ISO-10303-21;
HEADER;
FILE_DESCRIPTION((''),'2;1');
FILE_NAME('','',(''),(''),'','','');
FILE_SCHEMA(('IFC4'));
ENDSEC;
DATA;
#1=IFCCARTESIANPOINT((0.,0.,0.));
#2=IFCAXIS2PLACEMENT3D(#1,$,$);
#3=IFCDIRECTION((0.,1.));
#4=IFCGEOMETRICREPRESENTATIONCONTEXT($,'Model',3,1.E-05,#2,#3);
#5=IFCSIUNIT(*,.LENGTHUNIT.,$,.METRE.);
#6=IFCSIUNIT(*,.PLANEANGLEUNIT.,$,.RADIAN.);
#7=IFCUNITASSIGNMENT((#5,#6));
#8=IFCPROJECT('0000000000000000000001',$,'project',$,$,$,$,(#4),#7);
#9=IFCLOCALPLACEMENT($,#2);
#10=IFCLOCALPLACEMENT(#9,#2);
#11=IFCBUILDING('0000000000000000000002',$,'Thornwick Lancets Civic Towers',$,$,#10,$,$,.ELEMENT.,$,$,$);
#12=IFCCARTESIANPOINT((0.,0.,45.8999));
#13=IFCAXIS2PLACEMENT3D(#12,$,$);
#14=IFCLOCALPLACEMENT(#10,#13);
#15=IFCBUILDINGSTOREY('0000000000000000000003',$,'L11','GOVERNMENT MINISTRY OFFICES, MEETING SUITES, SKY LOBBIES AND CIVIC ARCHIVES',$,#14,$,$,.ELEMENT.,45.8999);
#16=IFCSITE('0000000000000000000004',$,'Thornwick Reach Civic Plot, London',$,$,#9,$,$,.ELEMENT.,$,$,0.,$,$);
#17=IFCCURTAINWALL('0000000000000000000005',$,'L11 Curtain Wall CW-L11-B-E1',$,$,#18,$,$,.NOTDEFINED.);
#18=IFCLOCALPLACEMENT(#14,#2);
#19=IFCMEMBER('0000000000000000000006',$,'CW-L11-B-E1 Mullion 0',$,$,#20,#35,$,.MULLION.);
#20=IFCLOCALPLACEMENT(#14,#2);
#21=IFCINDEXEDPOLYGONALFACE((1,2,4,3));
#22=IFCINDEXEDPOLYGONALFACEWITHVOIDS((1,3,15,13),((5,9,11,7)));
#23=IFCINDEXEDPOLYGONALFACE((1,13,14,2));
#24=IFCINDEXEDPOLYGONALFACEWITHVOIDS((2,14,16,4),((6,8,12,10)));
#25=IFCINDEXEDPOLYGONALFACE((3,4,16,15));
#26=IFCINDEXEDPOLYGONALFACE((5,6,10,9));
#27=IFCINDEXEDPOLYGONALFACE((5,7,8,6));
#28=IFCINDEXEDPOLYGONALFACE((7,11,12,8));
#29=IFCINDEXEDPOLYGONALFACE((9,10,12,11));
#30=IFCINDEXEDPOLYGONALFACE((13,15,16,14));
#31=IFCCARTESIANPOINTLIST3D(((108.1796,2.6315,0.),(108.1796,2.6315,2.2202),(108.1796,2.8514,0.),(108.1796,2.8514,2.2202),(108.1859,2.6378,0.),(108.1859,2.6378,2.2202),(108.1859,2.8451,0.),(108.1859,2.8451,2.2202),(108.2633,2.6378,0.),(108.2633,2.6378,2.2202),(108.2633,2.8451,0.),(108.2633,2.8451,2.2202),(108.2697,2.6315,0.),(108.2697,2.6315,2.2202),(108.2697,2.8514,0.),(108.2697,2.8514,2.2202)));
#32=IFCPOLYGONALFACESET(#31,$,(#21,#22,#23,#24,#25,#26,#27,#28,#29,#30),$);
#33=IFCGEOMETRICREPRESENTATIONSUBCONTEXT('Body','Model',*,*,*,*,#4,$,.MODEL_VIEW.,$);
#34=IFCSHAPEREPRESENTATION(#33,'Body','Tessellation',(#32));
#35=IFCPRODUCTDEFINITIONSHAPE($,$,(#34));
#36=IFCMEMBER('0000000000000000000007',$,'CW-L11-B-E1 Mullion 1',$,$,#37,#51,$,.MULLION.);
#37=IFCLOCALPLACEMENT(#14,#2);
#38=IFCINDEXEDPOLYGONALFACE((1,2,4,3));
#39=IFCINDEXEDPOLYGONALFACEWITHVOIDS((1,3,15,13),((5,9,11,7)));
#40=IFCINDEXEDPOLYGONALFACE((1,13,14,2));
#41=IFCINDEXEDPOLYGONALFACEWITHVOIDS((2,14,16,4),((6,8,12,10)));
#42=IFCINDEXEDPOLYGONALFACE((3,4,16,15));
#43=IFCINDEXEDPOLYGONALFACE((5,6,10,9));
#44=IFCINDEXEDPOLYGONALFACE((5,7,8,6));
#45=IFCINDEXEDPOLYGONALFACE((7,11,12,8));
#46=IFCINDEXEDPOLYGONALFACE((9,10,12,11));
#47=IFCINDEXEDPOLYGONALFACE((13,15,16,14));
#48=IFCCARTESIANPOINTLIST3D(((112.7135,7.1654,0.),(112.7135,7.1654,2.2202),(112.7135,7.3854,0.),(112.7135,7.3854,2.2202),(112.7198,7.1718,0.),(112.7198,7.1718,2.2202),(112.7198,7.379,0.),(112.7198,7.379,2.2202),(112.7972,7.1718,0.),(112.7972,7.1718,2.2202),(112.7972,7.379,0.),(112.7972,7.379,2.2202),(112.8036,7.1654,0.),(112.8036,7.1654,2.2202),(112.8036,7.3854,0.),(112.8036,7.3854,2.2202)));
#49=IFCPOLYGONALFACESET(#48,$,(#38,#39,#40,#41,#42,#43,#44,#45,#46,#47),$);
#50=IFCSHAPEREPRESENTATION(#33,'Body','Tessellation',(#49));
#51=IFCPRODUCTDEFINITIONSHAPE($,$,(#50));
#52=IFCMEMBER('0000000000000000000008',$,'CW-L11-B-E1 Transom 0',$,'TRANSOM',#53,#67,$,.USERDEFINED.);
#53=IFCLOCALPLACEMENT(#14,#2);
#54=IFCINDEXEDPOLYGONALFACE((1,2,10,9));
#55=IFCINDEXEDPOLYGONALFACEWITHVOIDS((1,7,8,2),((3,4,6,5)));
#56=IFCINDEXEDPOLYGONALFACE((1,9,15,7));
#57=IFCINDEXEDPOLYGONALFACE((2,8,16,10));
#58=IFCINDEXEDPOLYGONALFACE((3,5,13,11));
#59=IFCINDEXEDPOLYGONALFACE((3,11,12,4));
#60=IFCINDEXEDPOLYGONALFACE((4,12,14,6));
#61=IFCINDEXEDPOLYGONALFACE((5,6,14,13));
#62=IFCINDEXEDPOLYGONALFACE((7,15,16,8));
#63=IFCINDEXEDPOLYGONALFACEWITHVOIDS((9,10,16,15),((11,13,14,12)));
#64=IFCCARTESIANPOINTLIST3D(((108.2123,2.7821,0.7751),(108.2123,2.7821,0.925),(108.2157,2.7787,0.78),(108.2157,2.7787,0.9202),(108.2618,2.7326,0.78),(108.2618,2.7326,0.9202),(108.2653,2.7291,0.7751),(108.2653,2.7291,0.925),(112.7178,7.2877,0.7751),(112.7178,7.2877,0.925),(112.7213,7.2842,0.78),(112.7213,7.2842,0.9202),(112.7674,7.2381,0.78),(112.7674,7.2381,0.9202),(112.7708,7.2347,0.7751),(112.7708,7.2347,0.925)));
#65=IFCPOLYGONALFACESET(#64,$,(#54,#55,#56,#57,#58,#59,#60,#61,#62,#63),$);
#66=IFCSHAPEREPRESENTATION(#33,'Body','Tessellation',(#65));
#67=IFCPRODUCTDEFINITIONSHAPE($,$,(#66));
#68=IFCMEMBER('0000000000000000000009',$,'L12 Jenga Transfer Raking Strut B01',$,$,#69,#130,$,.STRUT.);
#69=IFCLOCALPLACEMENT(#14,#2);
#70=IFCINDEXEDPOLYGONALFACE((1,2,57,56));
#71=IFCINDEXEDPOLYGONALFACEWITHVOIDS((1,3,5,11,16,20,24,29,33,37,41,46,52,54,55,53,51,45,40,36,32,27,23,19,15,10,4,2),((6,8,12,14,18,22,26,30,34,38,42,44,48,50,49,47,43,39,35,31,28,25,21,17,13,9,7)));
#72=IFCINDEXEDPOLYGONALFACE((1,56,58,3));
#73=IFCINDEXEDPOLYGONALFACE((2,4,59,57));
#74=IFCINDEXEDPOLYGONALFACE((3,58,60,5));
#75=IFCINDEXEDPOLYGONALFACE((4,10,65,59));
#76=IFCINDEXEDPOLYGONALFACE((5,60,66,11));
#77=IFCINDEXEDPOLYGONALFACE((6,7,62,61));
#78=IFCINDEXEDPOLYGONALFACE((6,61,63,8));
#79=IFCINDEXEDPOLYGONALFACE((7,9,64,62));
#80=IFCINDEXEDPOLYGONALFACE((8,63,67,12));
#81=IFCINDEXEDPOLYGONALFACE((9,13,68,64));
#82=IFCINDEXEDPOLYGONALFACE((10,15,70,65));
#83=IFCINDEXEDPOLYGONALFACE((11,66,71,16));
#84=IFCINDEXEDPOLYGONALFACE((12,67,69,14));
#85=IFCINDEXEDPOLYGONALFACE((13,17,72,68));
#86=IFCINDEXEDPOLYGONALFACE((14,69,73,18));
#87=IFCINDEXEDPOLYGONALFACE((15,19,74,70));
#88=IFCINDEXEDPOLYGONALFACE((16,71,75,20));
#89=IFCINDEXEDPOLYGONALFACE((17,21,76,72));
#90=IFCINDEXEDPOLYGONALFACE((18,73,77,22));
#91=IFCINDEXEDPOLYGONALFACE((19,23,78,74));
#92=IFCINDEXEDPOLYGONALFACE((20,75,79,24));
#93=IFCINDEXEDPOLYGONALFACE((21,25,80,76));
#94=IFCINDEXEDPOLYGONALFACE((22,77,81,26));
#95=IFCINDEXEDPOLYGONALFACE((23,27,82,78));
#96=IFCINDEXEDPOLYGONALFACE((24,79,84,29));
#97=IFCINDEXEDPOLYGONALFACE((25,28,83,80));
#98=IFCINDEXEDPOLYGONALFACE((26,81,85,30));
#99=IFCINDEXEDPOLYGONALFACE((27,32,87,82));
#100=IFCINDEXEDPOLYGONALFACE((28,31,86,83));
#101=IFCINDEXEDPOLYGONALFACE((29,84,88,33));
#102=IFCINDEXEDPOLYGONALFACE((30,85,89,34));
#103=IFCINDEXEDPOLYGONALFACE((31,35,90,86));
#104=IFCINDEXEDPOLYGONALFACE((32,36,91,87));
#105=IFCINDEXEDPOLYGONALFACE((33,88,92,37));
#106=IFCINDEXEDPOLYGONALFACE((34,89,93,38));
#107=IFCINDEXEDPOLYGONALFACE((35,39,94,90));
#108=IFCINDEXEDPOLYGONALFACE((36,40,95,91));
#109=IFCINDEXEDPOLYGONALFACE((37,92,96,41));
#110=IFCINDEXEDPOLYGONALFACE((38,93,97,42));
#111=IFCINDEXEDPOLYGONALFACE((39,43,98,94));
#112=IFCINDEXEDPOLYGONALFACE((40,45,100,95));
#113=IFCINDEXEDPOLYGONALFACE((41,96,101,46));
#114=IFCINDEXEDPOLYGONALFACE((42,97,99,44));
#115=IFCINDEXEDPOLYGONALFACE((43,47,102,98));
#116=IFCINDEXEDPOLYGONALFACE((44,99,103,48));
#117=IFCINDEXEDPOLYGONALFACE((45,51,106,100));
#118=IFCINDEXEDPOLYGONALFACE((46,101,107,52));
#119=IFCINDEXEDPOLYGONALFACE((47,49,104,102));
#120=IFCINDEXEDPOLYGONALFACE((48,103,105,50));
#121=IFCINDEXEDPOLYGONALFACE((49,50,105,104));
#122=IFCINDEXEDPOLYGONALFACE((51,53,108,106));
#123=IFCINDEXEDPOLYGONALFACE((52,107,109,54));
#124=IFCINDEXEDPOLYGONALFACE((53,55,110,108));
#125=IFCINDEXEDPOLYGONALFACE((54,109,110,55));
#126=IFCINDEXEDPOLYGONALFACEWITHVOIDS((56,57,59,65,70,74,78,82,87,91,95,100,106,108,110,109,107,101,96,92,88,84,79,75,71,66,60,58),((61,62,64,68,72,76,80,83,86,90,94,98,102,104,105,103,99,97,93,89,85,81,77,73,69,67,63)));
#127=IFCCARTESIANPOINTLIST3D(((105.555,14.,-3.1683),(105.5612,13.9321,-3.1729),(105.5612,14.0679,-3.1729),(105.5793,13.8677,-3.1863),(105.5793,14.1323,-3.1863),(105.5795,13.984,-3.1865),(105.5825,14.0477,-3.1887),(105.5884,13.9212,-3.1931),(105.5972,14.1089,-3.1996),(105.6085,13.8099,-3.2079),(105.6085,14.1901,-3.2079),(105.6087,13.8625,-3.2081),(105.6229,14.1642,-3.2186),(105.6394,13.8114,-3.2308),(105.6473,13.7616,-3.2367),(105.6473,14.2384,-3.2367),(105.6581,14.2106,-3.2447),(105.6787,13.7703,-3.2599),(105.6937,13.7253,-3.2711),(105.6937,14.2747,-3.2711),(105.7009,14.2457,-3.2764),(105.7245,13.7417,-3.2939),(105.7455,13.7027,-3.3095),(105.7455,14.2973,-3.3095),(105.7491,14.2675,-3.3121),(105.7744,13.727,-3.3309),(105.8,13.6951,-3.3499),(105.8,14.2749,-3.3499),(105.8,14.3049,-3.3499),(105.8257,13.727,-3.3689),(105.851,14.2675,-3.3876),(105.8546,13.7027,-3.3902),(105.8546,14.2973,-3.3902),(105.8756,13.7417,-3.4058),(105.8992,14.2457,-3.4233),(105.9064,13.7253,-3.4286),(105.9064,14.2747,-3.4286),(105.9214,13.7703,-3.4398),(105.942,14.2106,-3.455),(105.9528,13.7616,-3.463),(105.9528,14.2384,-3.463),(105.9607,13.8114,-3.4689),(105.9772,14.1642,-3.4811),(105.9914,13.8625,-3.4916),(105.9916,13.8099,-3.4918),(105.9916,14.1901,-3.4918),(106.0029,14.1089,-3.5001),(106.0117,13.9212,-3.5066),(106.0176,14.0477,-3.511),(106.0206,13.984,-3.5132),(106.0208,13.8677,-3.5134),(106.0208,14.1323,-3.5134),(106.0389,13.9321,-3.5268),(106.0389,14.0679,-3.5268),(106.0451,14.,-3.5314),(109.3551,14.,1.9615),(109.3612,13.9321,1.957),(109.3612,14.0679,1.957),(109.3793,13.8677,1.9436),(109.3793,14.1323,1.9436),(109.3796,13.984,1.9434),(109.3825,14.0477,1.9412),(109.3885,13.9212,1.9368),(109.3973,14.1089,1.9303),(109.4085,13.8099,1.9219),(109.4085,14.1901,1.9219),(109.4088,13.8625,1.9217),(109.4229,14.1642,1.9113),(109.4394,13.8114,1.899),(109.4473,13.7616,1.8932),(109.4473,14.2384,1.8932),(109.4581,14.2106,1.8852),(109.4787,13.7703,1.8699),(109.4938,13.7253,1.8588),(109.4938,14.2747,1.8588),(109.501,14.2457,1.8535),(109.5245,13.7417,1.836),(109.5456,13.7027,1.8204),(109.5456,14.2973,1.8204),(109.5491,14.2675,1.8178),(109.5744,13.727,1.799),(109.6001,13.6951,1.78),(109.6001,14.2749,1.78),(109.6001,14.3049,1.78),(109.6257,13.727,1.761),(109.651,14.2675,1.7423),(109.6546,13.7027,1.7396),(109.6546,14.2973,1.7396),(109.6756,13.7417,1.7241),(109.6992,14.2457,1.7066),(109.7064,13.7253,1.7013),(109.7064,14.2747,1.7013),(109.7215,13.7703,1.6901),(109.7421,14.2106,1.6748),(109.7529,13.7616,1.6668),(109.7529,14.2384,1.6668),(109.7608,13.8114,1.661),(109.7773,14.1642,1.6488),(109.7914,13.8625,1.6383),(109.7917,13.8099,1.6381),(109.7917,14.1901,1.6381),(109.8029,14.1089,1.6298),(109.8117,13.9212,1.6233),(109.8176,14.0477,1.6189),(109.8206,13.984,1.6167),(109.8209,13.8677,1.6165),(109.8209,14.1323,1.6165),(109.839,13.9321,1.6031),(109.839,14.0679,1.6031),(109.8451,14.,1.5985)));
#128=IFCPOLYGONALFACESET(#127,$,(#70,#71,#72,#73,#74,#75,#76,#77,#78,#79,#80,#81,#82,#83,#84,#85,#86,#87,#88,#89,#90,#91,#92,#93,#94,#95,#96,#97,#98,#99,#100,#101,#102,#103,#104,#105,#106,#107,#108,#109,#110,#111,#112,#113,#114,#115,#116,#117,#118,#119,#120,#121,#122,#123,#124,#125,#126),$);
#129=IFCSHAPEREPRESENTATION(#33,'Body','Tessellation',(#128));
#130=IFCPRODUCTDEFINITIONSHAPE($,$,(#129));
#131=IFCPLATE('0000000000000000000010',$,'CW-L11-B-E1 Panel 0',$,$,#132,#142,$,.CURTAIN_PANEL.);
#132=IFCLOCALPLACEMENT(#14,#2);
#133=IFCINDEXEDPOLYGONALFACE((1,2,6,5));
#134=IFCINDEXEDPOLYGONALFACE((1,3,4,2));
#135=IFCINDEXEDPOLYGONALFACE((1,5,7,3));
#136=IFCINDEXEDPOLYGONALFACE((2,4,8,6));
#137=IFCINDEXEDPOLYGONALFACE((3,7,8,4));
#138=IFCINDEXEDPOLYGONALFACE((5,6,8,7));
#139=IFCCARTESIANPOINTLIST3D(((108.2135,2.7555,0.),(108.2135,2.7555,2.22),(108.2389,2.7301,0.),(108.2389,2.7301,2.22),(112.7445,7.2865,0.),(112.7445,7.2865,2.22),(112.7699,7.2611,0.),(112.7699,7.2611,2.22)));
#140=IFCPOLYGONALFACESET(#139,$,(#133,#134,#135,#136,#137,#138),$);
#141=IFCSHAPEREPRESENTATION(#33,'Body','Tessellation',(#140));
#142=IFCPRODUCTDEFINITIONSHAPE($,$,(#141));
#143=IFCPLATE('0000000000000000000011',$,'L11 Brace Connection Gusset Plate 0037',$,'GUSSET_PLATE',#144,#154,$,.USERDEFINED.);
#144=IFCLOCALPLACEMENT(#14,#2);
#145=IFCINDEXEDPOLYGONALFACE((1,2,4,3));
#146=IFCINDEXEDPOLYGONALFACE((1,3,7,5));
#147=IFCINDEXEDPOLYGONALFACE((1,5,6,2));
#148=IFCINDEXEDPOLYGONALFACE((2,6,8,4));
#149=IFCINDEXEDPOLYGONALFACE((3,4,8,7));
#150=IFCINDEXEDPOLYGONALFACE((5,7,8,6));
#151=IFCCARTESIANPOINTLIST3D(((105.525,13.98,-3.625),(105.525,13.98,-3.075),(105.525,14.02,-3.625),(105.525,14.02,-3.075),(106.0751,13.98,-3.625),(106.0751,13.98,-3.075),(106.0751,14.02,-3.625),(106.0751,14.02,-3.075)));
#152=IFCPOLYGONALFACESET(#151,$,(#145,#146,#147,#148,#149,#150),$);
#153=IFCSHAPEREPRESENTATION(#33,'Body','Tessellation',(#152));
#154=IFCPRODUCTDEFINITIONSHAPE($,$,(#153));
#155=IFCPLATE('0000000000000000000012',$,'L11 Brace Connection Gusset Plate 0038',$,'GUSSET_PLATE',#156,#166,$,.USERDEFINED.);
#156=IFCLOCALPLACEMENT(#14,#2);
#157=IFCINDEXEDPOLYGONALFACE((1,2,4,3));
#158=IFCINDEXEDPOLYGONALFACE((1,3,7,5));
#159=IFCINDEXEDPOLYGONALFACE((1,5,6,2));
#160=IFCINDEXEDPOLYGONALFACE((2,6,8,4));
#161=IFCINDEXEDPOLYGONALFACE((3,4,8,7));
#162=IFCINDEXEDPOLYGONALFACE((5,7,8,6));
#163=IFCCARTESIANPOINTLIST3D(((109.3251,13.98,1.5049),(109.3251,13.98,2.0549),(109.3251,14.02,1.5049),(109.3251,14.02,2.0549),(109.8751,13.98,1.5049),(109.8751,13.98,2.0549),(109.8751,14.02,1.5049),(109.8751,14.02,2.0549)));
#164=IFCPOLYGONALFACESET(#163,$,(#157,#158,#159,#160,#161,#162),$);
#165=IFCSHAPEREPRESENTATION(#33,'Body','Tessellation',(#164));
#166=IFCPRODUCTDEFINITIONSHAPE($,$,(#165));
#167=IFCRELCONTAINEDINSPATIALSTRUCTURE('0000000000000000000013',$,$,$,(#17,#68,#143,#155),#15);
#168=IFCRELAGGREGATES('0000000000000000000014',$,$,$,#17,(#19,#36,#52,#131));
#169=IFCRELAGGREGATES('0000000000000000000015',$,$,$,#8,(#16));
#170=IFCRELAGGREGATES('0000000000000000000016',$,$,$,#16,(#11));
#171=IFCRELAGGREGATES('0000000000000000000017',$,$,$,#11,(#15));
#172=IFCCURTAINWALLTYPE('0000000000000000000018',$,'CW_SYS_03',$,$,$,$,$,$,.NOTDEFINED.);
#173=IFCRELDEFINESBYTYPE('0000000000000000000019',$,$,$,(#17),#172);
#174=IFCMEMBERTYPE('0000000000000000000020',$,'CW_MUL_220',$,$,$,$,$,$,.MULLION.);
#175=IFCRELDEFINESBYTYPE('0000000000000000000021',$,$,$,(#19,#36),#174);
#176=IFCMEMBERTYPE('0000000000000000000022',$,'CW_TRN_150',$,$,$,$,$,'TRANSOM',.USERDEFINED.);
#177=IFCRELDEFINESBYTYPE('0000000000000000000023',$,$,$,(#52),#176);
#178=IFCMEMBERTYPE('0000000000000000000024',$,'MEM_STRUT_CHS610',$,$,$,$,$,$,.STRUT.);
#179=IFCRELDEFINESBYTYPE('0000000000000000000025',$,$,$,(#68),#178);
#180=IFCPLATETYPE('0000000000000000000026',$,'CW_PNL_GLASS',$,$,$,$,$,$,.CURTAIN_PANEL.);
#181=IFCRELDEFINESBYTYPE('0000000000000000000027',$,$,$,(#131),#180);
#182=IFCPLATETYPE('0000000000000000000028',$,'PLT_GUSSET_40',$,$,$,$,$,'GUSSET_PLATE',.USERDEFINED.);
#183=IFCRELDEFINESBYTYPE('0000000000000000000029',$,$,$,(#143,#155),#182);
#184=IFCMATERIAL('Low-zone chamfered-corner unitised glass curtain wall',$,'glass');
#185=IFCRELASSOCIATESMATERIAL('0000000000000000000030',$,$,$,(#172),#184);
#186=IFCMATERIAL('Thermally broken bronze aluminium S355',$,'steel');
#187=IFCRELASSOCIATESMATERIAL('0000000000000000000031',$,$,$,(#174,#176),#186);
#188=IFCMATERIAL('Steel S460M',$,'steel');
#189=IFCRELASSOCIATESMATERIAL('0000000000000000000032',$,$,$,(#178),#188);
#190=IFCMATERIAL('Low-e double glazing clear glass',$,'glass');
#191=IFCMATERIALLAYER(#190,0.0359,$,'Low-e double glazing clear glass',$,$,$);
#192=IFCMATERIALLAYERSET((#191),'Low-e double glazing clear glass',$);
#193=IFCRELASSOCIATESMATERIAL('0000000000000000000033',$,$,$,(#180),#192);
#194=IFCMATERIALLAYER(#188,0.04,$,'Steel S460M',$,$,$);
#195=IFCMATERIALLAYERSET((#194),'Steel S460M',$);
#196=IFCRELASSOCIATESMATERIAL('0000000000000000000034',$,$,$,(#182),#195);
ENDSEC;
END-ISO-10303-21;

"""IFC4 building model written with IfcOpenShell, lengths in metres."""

from ifc_helpers import new_model, si_unit, direction, frame, origin, origin_2d, place, context, subcontext, project, spatial, rectangle, hollow_rectangle, hollow_circle, extrude, material, layer, layer_set, material_profile, profile_set, type_object, element, aggregate, save


model = new_model("IFC4")

# Units and contexts
model_context = context("Model", 3, precision=1e-05, world=origin(), true_north=direction((0.0, 1.0)))
body_context = subcontext(model_context, "Body", "Model", "MODEL_VIEW")
ifc_project = project(units=[si_unit("LENGTHUNIT", "METRE"), si_unit("PLANEANGLEUNIT", "RADIAN")], contexts=[model_context])

# Site, building, storey
site_placement = place(None, origin())
site = spatial("IfcSite", under=ifc_project, at=site_placement, Name="Thornwick Reach Civic Plot, London", CompositionType="ELEMENT", RefElevation=0.0)
building_placement = place(site_placement, origin())
building = spatial("IfcBuilding", under=site, at=building_placement, Name="Thornwick Lancets Civic Towers", CompositionType="ELEMENT")
storey_placement = place(building_placement, frame((0.0, 0.0, 45.8999)))
storey = spatial("IfcBuildingStorey", under=building, at=storey_placement, Name="L11", Description="GOVERNMENT MINISTRY OFFICES, MEETING SUITES, SKY LOBBIES AND CIVIC ARCHIVES", CompositionType="ELEMENT", Elevation=45.8999)

# Shared definitions
ifc_material_1 = material(Name="Steel S460M", Category="steel")

# Curtain wall, members
ifc_material_2 = material(Name="Low-zone chamfered-corner unitised glass curtain wall", Category="glass")
curtain_wall_type = type_object("IfcCurtainWallType", Name="CW_SYS_03", PredefinedType="NOTDEFINED", material=ifc_material_2)
curtain_wall_placement = place(storey_placement, origin())
curtain_wall = element("IfcCurtainWall", 1, at=curtain_wall_placement, inside=storey, type_object=curtain_wall_type, Name="L11 Curtain Wall CW-L11-B-E1", PredefinedType="NOTDEFINED")
ifc_material_3 = material(Name="Thermally broken bronze aluminium S355", Category="steel")
ifc_material_profile_1 = material_profile(ifc_material_3, hollow_rectangle(XDim=0.0901, YDim=0.22, WallThickness=0.0063, at=origin_2d()), Name="RHS 220x90x6.3")
ifc_profile_set_1 = profile_set([ifc_material_profile_1], Name="Thermally broken bronze aluminium S355")
member_type_1 = type_object("IfcMemberType", Name="CW_MUL_220", PredefinedType="MULLION", material=ifc_profile_set_1)
member_1_placement = place(storey_placement, frame((108.2246, 2.7415, 0.0), z_axis=(0.0, 0.0, 1.0), x_axis=(1.0, 0.0, 0.0)))
member_1 = element("IfcMember", 2, at=member_1_placement, type_object=member_type_1, Name="CW-L11-B-E1 Mullion 0", PredefinedType="MULLION", context=body_context, shape_type="SweptSolid", body=[
    extrude(hollow_rectangle(XDim=0.0901, YDim=0.22, WallThickness=0.0063, at=origin_2d()), origin(), (0.0, 0.0, 1.0), 2.2202),
])
member_2_placement = place(storey_placement, frame((112.7585, 7.2754, 0.0), z_axis=(0.0, 0.0, 1.0), x_axis=(1.0, 0.0, 0.0)))
member_2 = element("IfcMember", 3, at=member_2_placement, type_object=member_type_1, Name="CW-L11-B-E1 Mullion 1", PredefinedType="MULLION", context=body_context, shape_type="SweptSolid", body=[
    extrude(hollow_rectangle(XDim=0.0901, YDim=0.22, WallThickness=0.0063, at=origin_2d()), origin(), (0.0, 0.0, 1.0), 2.2202),
])
ifc_material_profile_2 = material_profile(ifc_material_3, hollow_rectangle(XDim=0.075, YDim=0.1499, WallThickness=0.0049, at=origin_2d()), Name="RHS 150x75x5")
ifc_profile_set_2 = profile_set([ifc_material_profile_2], Name="Thermally broken bronze aluminium S355")
member_type_2 = type_object("IfcMemberType", Name="CW_TRN_150", ElementType="TRANSOM", PredefinedType="USERDEFINED", material=ifc_profile_set_2)
member_3_placement = place(storey_placement, frame((108.2388, 2.7556, 0.8501), z_axis=(0.707107, 0.707107, 0.0), x_axis=(-0.707107, 0.707107, 0.0)))
member_3 = element("IfcMember", 4, at=member_3_placement, type_object=member_type_2, Name="CW-L11-B-E1 Transom 0", ObjectType="TRANSOM", PredefinedType="USERDEFINED", context=body_context, shape_type="SweptSolid", body=[
    extrude(hollow_rectangle(XDim=0.075, YDim=0.1499, WallThickness=0.0049, at=origin_2d()), origin(), (0.0, 0.0, 1.0), 6.3718),
])

# Member
ifc_material_profile_3 = material_profile(ifc_material_1, hollow_circle(Radius=0.3049, WallThickness=0.03, at=origin_2d()), Name="CHS 610x30")
ifc_profile_set_3 = profile_set([ifc_material_profile_3], Name="Steel S460M")
member_type_3 = type_object("IfcMemberType", Name="MEM_STRUT_CHS610", PredefinedType="STRUT", material=ifc_profile_set_3)
member_4_placement = place(storey_placement, frame((105.8, 14.0, -3.3499), z_axis=(0.595241, 0.0, 0.803547), x_axis=(0.0, 1.0, 0.0)))
element("IfcMember", 5, at=member_4_placement, inside=storey, type_object=member_type_3, Name="L12 Jenga Transfer Raking Strut B01", PredefinedType="STRUT", context=body_context, shape_type="SweptSolid", body=[
    extrude(hollow_circle(Radius=0.3049, WallThickness=0.03, at=origin_2d()), origin(), (0.0, 0.0, 1.0), 6.384),
])

# Plate
ifc_material_4 = material(Name="Low-e double glazing clear glass", Category="glass")
ifc_layer_1 = layer(ifc_material_4, 0.0359, Name="Low-e double glazing clear glass")
ifc_layer_set_1 = layer_set([ifc_layer_1], Name="Low-e double glazing clear glass")
plate_type_1 = type_object("IfcPlateType", Name="CW_PNL_GLASS", PredefinedType="CURTAIN_PANEL", material=ifc_layer_set_1)
plate_placement = place(storey_placement, frame((110.4917, 5.0083, 0.0), z_axis=(0.0, 0.0, 1.0), x_axis=(0.707107, 0.707107, 0.0)))
plate = element("IfcPlate", 6, at=plate_placement, type_object=plate_type_1, Name="CW-L11-B-E1 Panel 0", PredefinedType="CURTAIN_PANEL", context=body_context, shape_type="SweptSolid", body=[
    extrude(rectangle(XDim=6.4077, YDim=0.0359, at=origin_2d()), origin(), (0.0, 0.0, 1.0), 2.22),
])
aggregate(curtain_wall, [member_1, member_2, member_3, plate])

# Plates
ifc_layer_2 = layer(ifc_material_1, 0.04, Name="Steel S460M")
ifc_layer_set_2 = layer_set([ifc_layer_2], Name="Steel S460M")
plate_type_2 = type_object("IfcPlateType", Name="PLT_GUSSET_40", ElementType="GUSSET_PLATE", PredefinedType="USERDEFINED", material=ifc_layer_set_2)
for number, where, z_axis, x_axis, name in (
    (7, (105.8, 14.0, -3.625), (0.0, 0.0, 1.0), (1.0, 0.0, 0.0), "L11 Brace Connection Gusset Plate 0037"),
    (8, (109.6001, 14.0, 1.5049), (0.0, 0.0, 1.0), (1.0, 0.0, 0.0), "L11 Brace Connection Gusset Plate 0038"),
):
    element("IfcPlate", number, at=place(storey_placement, frame(where, z_axis=z_axis, x_axis=x_axis)), inside=storey, type_object=plate_type_2, Name=name, ObjectType="GUSSET_PLATE", PredefinedType="USERDEFINED", context=body_context, shape_type="SweptSolid", body=[
        extrude(rectangle(XDim=0.55, YDim=0.04, at=origin_2d()), origin(), (0.0, 0.0, 1.0), 0.55),
    ])

save(model, "model.ifc")
